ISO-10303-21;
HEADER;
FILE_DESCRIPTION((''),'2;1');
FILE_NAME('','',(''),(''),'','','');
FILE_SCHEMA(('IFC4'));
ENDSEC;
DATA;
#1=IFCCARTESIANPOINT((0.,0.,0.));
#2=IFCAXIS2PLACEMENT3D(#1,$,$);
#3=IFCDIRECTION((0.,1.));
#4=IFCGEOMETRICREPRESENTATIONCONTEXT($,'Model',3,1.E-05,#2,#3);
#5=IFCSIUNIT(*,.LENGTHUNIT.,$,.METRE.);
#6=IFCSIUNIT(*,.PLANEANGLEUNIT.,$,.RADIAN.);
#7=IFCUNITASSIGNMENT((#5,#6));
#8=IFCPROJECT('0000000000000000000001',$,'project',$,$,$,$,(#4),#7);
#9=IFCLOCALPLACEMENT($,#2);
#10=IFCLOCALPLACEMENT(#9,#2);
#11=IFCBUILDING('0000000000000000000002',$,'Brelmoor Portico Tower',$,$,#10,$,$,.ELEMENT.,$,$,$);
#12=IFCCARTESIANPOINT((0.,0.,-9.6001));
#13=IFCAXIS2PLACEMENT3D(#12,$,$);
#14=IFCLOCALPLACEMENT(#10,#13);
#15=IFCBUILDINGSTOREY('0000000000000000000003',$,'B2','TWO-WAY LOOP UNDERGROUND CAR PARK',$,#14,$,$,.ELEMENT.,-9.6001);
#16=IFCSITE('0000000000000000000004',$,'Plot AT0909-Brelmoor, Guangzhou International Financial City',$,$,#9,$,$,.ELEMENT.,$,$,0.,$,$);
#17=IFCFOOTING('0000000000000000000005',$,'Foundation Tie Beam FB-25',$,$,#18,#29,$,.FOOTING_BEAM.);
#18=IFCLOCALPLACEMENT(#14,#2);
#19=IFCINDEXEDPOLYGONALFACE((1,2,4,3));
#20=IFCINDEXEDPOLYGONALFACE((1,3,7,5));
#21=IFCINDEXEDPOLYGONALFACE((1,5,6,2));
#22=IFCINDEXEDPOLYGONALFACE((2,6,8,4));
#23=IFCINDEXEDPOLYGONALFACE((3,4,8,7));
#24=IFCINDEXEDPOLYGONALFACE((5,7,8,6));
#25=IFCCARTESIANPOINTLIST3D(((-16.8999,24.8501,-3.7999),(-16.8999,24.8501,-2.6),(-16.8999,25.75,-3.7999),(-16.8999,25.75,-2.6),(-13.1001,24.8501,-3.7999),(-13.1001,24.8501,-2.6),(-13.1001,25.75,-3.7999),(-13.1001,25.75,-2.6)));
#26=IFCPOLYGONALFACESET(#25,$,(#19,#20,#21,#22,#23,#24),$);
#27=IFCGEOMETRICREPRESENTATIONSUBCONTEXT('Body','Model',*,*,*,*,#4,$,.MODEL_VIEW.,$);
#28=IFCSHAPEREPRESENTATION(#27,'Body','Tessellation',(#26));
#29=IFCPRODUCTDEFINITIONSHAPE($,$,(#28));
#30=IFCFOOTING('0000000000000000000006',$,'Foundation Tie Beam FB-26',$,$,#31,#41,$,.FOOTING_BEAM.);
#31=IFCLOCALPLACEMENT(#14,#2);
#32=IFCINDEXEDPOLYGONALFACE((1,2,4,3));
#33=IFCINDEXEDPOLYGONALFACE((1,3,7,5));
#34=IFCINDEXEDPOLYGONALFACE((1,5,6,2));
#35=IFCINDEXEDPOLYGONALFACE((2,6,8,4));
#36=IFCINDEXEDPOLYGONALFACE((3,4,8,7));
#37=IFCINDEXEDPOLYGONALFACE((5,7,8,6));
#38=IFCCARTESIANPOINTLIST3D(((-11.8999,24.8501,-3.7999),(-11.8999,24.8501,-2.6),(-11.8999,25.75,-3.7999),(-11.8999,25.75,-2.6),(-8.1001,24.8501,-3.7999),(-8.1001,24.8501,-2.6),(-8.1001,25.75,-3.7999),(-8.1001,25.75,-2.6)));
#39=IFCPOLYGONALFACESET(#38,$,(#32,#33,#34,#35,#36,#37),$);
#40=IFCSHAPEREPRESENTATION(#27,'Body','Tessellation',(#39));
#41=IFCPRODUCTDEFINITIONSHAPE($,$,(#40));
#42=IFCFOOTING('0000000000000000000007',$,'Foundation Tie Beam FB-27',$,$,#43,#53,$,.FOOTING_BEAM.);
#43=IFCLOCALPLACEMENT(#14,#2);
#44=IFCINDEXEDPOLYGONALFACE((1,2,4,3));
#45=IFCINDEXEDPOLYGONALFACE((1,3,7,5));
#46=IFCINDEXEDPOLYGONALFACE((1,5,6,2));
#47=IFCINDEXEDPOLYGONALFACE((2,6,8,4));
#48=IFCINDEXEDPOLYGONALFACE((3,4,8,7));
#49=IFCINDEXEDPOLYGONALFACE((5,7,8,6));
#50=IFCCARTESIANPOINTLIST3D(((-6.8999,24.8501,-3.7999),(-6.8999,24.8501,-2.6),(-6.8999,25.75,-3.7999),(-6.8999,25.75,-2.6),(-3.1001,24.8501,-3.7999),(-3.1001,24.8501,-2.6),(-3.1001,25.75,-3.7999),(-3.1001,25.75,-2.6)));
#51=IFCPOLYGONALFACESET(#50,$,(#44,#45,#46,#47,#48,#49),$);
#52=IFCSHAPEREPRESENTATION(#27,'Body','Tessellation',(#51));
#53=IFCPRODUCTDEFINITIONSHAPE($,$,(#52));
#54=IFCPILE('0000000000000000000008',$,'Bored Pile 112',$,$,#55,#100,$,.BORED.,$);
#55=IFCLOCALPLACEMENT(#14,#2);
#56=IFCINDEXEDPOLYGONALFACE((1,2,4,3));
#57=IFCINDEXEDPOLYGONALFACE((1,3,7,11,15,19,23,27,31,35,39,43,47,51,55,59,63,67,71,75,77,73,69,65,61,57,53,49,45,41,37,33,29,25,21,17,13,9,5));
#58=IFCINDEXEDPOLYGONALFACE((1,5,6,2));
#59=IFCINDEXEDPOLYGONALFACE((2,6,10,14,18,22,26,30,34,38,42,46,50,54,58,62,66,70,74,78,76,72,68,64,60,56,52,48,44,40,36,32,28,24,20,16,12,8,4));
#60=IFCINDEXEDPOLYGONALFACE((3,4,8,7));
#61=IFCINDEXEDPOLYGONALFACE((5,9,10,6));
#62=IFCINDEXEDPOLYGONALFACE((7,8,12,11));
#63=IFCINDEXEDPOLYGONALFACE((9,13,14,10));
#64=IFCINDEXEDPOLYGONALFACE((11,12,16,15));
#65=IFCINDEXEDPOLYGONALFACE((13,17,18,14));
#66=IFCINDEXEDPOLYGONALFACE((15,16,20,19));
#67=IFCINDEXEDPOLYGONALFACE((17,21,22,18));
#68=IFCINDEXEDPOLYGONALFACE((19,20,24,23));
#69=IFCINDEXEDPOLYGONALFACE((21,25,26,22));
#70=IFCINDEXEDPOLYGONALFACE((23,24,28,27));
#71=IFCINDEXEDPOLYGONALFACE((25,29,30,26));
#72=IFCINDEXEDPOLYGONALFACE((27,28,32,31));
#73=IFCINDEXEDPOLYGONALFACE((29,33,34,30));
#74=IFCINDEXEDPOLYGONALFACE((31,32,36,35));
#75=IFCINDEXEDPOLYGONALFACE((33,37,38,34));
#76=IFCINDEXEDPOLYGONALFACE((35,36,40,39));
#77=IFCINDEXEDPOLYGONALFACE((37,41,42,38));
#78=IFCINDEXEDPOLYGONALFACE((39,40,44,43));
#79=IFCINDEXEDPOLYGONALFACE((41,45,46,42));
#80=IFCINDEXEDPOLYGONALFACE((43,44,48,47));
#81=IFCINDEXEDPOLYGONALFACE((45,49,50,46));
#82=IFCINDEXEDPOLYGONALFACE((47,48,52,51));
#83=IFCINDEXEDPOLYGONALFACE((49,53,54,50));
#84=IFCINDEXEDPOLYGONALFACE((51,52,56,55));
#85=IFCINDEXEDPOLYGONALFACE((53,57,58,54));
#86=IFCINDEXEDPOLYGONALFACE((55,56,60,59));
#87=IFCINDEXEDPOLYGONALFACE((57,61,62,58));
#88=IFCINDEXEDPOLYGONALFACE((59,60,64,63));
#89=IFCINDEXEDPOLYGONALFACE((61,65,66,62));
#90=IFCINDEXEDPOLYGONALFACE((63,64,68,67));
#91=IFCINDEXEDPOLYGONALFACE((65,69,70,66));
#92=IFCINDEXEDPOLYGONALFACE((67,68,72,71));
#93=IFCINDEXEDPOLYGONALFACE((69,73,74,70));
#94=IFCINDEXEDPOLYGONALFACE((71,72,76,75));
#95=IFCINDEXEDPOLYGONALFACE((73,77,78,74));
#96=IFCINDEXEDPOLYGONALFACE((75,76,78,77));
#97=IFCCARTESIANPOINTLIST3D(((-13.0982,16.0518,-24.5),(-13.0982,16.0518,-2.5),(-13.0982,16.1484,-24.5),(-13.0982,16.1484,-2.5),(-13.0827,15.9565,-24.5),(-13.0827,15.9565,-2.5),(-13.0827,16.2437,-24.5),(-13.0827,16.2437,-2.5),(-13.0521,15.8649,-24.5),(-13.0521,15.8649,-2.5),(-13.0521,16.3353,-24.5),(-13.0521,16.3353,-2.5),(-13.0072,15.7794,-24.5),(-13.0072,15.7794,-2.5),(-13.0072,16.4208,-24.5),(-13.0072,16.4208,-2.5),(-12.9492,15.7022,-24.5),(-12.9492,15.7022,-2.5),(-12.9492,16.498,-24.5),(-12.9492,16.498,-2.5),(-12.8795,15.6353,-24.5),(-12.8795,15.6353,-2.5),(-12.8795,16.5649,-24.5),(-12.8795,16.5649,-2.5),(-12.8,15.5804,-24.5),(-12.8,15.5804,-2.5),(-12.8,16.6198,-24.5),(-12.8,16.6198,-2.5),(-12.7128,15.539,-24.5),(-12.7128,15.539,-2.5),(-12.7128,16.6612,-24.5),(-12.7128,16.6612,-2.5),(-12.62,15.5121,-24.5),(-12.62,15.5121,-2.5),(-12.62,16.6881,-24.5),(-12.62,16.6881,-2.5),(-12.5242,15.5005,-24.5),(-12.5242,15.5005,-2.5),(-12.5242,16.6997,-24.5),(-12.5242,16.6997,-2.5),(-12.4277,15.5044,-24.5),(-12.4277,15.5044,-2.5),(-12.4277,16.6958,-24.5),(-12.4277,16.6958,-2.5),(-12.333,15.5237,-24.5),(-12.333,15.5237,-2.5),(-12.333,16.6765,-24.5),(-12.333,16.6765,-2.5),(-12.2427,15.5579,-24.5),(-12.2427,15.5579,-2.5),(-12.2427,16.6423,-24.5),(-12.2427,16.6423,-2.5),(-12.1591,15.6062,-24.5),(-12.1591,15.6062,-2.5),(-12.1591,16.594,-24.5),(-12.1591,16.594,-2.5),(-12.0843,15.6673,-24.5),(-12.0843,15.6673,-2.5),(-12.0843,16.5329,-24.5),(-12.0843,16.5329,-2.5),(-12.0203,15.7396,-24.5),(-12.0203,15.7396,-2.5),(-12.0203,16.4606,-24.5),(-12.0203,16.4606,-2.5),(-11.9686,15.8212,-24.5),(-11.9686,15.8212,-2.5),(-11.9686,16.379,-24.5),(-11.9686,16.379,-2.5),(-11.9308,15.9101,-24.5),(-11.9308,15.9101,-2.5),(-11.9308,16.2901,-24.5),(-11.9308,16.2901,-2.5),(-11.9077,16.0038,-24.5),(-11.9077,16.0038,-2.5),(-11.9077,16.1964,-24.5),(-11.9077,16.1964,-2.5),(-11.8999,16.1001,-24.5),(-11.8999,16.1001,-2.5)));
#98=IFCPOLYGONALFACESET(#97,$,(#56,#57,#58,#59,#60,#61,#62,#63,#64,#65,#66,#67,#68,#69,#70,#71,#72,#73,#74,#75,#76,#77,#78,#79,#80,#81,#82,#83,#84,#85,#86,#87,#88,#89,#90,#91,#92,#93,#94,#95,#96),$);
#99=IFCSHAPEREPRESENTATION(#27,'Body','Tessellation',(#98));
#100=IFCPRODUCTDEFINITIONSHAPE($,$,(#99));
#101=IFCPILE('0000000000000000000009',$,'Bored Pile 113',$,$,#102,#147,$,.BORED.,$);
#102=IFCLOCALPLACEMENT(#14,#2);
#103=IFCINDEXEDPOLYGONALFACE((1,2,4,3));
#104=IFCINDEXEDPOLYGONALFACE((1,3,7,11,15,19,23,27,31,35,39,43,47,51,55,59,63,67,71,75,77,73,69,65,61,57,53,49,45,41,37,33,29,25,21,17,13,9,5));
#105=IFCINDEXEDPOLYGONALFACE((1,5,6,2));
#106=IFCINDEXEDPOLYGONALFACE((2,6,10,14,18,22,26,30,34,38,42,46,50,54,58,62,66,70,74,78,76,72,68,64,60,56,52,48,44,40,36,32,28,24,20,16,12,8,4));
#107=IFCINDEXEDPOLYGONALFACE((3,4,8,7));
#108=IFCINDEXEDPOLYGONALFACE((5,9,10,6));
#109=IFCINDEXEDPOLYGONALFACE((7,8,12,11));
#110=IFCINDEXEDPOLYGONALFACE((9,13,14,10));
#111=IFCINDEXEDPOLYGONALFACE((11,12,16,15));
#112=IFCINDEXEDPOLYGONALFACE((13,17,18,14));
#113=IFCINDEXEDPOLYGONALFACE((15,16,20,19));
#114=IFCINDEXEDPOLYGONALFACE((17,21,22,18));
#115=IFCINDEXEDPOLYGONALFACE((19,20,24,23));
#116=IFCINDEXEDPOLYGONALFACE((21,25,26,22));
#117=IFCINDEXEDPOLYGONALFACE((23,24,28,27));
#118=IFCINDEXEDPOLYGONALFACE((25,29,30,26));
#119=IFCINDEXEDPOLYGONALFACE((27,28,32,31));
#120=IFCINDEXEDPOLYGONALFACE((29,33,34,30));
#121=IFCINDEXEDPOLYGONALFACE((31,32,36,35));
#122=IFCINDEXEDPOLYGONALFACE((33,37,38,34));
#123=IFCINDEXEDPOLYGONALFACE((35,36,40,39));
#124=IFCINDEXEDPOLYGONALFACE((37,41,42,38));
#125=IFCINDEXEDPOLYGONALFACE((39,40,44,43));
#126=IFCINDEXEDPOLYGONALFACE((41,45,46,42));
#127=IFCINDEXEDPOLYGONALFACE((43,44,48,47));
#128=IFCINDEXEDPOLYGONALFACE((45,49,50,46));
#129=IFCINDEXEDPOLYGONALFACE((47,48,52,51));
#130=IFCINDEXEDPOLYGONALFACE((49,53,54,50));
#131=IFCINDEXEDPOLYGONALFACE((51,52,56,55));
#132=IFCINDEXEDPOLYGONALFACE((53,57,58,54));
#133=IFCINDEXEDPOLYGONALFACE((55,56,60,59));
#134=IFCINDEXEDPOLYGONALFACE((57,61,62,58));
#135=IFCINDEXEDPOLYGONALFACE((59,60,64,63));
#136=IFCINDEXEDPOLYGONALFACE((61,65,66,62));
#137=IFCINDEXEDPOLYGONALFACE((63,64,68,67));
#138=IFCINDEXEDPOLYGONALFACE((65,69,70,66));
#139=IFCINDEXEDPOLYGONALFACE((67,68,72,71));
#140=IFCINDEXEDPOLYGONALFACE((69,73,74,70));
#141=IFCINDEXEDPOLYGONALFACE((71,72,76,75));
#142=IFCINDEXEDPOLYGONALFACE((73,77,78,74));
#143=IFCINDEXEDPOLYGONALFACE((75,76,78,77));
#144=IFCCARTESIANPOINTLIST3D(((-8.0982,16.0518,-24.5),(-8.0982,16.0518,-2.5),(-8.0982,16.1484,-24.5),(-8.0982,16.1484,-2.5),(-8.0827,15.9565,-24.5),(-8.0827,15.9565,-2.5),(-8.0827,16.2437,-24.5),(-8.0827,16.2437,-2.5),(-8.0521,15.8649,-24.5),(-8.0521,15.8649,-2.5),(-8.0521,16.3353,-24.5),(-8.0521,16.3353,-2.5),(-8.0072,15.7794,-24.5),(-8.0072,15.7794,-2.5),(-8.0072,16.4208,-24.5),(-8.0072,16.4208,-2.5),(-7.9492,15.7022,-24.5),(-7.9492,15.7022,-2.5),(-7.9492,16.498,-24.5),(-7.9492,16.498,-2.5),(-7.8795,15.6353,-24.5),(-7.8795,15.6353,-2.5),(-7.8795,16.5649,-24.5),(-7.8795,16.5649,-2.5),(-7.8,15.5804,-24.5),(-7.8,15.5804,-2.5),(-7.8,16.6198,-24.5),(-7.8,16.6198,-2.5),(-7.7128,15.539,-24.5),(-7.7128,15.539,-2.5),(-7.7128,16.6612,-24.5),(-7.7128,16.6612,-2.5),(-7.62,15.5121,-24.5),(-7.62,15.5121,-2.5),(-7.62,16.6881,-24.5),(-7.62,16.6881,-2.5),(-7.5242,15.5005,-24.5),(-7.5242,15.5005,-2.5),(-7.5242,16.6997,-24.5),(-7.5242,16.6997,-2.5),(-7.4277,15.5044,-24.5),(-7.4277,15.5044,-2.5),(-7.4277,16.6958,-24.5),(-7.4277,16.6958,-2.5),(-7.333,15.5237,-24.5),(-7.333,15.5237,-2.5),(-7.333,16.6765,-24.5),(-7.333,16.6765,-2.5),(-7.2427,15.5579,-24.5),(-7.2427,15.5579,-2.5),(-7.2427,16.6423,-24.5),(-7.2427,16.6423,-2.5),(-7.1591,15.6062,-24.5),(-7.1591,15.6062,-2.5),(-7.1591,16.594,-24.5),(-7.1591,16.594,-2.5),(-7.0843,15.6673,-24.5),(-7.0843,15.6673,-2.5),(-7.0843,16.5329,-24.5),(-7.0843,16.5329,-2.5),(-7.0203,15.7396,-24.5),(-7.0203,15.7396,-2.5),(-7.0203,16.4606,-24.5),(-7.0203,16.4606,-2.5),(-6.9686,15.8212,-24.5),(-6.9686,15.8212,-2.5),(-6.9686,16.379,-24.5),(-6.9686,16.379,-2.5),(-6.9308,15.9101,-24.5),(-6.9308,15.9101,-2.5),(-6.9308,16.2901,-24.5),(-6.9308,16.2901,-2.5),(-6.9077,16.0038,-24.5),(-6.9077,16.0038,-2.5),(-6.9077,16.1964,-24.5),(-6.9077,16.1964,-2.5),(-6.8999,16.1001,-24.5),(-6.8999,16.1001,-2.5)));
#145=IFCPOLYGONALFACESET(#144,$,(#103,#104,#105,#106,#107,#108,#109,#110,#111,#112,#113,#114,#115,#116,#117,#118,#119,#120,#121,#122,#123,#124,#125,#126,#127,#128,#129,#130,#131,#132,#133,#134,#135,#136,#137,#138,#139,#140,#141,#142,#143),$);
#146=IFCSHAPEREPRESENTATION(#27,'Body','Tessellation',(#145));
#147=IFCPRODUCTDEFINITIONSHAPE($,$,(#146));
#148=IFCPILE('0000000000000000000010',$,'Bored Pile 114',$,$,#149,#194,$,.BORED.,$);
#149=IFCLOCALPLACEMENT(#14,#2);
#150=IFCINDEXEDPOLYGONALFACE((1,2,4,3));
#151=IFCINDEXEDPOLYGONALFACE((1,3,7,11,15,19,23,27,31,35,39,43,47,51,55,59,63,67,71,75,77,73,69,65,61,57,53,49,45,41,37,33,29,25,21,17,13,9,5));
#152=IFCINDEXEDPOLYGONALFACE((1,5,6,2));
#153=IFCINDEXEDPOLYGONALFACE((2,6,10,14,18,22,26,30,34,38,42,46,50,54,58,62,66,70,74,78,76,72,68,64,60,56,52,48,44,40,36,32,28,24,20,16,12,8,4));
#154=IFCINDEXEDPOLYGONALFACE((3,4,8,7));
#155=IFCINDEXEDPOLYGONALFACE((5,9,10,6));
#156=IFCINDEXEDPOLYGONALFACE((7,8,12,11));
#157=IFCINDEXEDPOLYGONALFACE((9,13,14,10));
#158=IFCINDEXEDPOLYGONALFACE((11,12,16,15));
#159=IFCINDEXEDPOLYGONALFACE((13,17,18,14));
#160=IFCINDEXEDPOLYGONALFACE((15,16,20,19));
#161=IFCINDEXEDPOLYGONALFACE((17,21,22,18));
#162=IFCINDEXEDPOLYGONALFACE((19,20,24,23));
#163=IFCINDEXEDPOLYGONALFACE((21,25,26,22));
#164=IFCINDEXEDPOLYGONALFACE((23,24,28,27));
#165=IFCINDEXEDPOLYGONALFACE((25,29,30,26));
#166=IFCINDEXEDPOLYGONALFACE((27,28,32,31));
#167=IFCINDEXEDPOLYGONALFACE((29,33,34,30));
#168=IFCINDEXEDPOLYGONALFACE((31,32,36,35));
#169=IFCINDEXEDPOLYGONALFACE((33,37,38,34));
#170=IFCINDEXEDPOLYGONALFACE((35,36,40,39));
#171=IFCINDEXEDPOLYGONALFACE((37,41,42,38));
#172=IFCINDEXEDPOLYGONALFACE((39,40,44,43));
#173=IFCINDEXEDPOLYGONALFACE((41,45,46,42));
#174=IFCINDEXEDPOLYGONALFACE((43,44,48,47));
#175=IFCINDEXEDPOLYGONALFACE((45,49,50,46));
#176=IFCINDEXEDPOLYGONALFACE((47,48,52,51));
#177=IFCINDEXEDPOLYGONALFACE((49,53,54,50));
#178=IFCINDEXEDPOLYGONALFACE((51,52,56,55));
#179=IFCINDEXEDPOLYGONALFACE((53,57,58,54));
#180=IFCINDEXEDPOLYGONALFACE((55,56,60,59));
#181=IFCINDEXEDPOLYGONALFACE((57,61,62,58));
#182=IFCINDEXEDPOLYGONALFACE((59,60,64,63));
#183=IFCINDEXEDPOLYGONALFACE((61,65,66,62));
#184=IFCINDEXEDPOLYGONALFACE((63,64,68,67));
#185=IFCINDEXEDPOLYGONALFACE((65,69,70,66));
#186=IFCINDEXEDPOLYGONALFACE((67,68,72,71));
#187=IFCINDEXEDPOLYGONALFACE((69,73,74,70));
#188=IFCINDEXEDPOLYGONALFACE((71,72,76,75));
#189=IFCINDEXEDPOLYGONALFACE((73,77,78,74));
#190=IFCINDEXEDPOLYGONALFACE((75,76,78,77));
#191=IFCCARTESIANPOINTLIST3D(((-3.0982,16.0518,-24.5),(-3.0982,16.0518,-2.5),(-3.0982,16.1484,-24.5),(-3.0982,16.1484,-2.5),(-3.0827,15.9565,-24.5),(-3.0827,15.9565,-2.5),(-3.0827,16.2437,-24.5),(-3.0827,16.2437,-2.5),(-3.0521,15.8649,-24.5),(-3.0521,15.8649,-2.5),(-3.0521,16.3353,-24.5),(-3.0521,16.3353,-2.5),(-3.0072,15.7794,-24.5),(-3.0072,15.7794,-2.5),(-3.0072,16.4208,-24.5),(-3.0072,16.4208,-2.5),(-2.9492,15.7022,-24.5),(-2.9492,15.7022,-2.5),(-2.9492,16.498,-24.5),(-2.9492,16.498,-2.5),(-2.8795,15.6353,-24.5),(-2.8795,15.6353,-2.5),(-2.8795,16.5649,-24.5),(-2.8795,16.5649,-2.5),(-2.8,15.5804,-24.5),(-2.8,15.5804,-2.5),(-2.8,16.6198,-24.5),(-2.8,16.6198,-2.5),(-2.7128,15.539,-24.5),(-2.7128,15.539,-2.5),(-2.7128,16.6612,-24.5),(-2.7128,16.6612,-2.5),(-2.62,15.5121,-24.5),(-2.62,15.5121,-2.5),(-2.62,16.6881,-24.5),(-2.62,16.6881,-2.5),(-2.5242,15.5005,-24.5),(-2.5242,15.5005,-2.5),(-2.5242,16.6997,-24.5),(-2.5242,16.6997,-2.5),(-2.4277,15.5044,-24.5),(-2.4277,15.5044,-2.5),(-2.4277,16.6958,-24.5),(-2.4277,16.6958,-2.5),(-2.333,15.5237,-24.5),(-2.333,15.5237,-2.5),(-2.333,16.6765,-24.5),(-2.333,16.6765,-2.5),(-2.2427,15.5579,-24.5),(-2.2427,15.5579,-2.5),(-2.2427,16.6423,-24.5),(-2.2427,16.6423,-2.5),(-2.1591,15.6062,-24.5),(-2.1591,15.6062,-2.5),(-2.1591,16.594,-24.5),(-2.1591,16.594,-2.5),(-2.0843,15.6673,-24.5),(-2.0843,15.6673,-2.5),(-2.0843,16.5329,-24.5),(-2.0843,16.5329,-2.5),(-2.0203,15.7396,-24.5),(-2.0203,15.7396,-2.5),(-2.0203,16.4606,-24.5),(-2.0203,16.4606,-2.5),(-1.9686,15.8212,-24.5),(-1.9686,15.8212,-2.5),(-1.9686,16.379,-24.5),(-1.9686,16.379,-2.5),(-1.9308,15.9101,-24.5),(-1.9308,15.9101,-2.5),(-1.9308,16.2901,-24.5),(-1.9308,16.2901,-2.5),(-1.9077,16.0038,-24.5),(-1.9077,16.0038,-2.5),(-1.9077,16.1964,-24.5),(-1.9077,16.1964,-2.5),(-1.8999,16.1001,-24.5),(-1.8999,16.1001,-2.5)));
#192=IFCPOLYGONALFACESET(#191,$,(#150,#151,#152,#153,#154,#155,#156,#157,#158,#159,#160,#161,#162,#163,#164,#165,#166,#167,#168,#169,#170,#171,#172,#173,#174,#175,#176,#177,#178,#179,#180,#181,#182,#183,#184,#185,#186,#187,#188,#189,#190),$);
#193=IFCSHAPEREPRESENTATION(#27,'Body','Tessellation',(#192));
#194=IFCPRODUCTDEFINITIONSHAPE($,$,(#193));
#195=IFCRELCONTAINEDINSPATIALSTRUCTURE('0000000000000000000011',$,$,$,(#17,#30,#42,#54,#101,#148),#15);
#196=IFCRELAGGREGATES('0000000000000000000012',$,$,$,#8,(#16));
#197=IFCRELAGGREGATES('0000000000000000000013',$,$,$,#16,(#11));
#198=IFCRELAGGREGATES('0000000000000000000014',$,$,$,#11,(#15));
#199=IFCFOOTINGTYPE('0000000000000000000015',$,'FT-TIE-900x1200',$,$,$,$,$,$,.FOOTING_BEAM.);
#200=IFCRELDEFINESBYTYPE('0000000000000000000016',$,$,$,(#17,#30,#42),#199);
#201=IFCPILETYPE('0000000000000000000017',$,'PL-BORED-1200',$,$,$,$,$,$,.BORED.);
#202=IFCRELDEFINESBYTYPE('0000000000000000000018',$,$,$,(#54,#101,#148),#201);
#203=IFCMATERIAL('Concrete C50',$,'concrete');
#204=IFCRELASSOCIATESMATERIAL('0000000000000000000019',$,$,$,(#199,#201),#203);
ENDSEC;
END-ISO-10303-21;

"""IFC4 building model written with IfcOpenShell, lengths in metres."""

from ifc_helpers import new_model, si_unit, direction, frame, origin, origin_2d, place, context, subcontext, project, spatial, rectangle, circle, extrude, material, material_profile, profile_set, type_object, element, save


model = new_model("IFC4")

# Units and contexts
model_context = context("Model", 3, precision=1e-05, world=origin(), true_north=direction((0.0, 1.0)))
body_context = subcontext(model_context, "Body", "Model", "MODEL_VIEW")
ifc_project = project(units=[si_unit("LENGTHUNIT", "METRE"), si_unit("PLANEANGLEUNIT", "RADIAN")], contexts=[model_context])

# Site, building, storey
site_placement = place(None, origin())
site = spatial("IfcSite", under=ifc_project, at=site_placement, Name="Plot AT0909-Brelmoor, Guangzhou International Financial City", CompositionType="ELEMENT", RefElevation=0.0)
building_placement = place(site_placement, origin())
building = spatial("IfcBuilding", under=site, at=building_placement, Name="Brelmoor Portico Tower", CompositionType="ELEMENT")
storey_placement = place(building_placement, frame((0.0, 0.0, -9.6001)))
storey = spatial("IfcBuildingStorey", under=building, at=storey_placement, Name="B2", Description="TWO-WAY LOOP UNDERGROUND CAR PARK", CompositionType="ELEMENT", Elevation=-9.6001)

# Footings
ifc_material_1 = material(Name="Concrete C50", Category="concrete")
ifc_material_profile_1 = material_profile(ifc_material_1, rectangle(XDim=0.8999, YDim=1.2, at=origin_2d()), Name="RC 900x1200")
ifc_profile_set_1 = profile_set([ifc_material_profile_1], Name="Concrete C50")
footing_type = type_object("IfcFootingType", Name="FT-TIE-900x1200", PredefinedType="FOOTING_BEAM", material=ifc_profile_set_1)
for number, where, z_axis, x_axis, name in (
    (1, (-16.8999, 25.3, -3.2), (1.0, 0.0, 0.0), (0.0, 1.0, 0.0), "Foundation Tie Beam FB-25"),
    (2, (-11.8999, 25.3, -3.2), (1.0, 0.0, 0.0), (0.0, 1.0, 0.0), "Foundation Tie Beam FB-26"),
    (3, (-6.8999, 25.3, -3.2), (1.0, 0.0, 0.0), (0.0, 1.0, 0.0), "Foundation Tie Beam FB-27"),
):
    element("IfcFooting", number, at=place(storey_placement, frame(where, z_axis=z_axis, x_axis=x_axis)), inside=storey, type_object=footing_type, Name=name, PredefinedType="FOOTING_BEAM", context=body_context, shape_type="SweptSolid", body=[
        extrude(rectangle(XDim=0.8999, YDim=1.2, at=origin_2d()), origin(), (0.0, 0.0, 1.0), 3.7998),
    ])

# Piles
ifc_material_profile_2 = material_profile(ifc_material_1, circle(Radius=0.6001, at=origin_2d()), Name="BORED PILE D1200")
ifc_profile_set_2 = profile_set([ifc_material_profile_2], Name="Concrete C50")
pile_type = type_object("IfcPileType", Name="PL-BORED-1200", PredefinedType="BORED", material=ifc_profile_set_2)
for number, where, z_axis, x_axis, name in (
    (4, (-12.5, 16.1001, -2.5), (0.0, 0.0, -1.0), (1.0, 0.0, 0.0), "Bored Pile 112"),
    (5, (-7.5, 16.1001, -2.5), (0.0, 0.0, -1.0), (1.0, 0.0, 0.0), "Bored Pile 113"),
    (6, (-2.5, 16.1001, -2.5), (0.0, 0.0, -1.0), (1.0, 0.0, 0.0), "Bored Pile 114"),
):
    element("IfcPile", number, at=place(storey_placement, frame(where, z_axis=z_axis, x_axis=x_axis)), inside=storey, type_object=pile_type, Name=name, PredefinedType="BORED", context=body_context, shape_type="SweptSolid", body=[
        extrude(circle(Radius=0.6001, at=origin_2d()), origin(), (0.0, 0.0, 1.0), 22.0),
    ])

save(model, "model.ifc")
